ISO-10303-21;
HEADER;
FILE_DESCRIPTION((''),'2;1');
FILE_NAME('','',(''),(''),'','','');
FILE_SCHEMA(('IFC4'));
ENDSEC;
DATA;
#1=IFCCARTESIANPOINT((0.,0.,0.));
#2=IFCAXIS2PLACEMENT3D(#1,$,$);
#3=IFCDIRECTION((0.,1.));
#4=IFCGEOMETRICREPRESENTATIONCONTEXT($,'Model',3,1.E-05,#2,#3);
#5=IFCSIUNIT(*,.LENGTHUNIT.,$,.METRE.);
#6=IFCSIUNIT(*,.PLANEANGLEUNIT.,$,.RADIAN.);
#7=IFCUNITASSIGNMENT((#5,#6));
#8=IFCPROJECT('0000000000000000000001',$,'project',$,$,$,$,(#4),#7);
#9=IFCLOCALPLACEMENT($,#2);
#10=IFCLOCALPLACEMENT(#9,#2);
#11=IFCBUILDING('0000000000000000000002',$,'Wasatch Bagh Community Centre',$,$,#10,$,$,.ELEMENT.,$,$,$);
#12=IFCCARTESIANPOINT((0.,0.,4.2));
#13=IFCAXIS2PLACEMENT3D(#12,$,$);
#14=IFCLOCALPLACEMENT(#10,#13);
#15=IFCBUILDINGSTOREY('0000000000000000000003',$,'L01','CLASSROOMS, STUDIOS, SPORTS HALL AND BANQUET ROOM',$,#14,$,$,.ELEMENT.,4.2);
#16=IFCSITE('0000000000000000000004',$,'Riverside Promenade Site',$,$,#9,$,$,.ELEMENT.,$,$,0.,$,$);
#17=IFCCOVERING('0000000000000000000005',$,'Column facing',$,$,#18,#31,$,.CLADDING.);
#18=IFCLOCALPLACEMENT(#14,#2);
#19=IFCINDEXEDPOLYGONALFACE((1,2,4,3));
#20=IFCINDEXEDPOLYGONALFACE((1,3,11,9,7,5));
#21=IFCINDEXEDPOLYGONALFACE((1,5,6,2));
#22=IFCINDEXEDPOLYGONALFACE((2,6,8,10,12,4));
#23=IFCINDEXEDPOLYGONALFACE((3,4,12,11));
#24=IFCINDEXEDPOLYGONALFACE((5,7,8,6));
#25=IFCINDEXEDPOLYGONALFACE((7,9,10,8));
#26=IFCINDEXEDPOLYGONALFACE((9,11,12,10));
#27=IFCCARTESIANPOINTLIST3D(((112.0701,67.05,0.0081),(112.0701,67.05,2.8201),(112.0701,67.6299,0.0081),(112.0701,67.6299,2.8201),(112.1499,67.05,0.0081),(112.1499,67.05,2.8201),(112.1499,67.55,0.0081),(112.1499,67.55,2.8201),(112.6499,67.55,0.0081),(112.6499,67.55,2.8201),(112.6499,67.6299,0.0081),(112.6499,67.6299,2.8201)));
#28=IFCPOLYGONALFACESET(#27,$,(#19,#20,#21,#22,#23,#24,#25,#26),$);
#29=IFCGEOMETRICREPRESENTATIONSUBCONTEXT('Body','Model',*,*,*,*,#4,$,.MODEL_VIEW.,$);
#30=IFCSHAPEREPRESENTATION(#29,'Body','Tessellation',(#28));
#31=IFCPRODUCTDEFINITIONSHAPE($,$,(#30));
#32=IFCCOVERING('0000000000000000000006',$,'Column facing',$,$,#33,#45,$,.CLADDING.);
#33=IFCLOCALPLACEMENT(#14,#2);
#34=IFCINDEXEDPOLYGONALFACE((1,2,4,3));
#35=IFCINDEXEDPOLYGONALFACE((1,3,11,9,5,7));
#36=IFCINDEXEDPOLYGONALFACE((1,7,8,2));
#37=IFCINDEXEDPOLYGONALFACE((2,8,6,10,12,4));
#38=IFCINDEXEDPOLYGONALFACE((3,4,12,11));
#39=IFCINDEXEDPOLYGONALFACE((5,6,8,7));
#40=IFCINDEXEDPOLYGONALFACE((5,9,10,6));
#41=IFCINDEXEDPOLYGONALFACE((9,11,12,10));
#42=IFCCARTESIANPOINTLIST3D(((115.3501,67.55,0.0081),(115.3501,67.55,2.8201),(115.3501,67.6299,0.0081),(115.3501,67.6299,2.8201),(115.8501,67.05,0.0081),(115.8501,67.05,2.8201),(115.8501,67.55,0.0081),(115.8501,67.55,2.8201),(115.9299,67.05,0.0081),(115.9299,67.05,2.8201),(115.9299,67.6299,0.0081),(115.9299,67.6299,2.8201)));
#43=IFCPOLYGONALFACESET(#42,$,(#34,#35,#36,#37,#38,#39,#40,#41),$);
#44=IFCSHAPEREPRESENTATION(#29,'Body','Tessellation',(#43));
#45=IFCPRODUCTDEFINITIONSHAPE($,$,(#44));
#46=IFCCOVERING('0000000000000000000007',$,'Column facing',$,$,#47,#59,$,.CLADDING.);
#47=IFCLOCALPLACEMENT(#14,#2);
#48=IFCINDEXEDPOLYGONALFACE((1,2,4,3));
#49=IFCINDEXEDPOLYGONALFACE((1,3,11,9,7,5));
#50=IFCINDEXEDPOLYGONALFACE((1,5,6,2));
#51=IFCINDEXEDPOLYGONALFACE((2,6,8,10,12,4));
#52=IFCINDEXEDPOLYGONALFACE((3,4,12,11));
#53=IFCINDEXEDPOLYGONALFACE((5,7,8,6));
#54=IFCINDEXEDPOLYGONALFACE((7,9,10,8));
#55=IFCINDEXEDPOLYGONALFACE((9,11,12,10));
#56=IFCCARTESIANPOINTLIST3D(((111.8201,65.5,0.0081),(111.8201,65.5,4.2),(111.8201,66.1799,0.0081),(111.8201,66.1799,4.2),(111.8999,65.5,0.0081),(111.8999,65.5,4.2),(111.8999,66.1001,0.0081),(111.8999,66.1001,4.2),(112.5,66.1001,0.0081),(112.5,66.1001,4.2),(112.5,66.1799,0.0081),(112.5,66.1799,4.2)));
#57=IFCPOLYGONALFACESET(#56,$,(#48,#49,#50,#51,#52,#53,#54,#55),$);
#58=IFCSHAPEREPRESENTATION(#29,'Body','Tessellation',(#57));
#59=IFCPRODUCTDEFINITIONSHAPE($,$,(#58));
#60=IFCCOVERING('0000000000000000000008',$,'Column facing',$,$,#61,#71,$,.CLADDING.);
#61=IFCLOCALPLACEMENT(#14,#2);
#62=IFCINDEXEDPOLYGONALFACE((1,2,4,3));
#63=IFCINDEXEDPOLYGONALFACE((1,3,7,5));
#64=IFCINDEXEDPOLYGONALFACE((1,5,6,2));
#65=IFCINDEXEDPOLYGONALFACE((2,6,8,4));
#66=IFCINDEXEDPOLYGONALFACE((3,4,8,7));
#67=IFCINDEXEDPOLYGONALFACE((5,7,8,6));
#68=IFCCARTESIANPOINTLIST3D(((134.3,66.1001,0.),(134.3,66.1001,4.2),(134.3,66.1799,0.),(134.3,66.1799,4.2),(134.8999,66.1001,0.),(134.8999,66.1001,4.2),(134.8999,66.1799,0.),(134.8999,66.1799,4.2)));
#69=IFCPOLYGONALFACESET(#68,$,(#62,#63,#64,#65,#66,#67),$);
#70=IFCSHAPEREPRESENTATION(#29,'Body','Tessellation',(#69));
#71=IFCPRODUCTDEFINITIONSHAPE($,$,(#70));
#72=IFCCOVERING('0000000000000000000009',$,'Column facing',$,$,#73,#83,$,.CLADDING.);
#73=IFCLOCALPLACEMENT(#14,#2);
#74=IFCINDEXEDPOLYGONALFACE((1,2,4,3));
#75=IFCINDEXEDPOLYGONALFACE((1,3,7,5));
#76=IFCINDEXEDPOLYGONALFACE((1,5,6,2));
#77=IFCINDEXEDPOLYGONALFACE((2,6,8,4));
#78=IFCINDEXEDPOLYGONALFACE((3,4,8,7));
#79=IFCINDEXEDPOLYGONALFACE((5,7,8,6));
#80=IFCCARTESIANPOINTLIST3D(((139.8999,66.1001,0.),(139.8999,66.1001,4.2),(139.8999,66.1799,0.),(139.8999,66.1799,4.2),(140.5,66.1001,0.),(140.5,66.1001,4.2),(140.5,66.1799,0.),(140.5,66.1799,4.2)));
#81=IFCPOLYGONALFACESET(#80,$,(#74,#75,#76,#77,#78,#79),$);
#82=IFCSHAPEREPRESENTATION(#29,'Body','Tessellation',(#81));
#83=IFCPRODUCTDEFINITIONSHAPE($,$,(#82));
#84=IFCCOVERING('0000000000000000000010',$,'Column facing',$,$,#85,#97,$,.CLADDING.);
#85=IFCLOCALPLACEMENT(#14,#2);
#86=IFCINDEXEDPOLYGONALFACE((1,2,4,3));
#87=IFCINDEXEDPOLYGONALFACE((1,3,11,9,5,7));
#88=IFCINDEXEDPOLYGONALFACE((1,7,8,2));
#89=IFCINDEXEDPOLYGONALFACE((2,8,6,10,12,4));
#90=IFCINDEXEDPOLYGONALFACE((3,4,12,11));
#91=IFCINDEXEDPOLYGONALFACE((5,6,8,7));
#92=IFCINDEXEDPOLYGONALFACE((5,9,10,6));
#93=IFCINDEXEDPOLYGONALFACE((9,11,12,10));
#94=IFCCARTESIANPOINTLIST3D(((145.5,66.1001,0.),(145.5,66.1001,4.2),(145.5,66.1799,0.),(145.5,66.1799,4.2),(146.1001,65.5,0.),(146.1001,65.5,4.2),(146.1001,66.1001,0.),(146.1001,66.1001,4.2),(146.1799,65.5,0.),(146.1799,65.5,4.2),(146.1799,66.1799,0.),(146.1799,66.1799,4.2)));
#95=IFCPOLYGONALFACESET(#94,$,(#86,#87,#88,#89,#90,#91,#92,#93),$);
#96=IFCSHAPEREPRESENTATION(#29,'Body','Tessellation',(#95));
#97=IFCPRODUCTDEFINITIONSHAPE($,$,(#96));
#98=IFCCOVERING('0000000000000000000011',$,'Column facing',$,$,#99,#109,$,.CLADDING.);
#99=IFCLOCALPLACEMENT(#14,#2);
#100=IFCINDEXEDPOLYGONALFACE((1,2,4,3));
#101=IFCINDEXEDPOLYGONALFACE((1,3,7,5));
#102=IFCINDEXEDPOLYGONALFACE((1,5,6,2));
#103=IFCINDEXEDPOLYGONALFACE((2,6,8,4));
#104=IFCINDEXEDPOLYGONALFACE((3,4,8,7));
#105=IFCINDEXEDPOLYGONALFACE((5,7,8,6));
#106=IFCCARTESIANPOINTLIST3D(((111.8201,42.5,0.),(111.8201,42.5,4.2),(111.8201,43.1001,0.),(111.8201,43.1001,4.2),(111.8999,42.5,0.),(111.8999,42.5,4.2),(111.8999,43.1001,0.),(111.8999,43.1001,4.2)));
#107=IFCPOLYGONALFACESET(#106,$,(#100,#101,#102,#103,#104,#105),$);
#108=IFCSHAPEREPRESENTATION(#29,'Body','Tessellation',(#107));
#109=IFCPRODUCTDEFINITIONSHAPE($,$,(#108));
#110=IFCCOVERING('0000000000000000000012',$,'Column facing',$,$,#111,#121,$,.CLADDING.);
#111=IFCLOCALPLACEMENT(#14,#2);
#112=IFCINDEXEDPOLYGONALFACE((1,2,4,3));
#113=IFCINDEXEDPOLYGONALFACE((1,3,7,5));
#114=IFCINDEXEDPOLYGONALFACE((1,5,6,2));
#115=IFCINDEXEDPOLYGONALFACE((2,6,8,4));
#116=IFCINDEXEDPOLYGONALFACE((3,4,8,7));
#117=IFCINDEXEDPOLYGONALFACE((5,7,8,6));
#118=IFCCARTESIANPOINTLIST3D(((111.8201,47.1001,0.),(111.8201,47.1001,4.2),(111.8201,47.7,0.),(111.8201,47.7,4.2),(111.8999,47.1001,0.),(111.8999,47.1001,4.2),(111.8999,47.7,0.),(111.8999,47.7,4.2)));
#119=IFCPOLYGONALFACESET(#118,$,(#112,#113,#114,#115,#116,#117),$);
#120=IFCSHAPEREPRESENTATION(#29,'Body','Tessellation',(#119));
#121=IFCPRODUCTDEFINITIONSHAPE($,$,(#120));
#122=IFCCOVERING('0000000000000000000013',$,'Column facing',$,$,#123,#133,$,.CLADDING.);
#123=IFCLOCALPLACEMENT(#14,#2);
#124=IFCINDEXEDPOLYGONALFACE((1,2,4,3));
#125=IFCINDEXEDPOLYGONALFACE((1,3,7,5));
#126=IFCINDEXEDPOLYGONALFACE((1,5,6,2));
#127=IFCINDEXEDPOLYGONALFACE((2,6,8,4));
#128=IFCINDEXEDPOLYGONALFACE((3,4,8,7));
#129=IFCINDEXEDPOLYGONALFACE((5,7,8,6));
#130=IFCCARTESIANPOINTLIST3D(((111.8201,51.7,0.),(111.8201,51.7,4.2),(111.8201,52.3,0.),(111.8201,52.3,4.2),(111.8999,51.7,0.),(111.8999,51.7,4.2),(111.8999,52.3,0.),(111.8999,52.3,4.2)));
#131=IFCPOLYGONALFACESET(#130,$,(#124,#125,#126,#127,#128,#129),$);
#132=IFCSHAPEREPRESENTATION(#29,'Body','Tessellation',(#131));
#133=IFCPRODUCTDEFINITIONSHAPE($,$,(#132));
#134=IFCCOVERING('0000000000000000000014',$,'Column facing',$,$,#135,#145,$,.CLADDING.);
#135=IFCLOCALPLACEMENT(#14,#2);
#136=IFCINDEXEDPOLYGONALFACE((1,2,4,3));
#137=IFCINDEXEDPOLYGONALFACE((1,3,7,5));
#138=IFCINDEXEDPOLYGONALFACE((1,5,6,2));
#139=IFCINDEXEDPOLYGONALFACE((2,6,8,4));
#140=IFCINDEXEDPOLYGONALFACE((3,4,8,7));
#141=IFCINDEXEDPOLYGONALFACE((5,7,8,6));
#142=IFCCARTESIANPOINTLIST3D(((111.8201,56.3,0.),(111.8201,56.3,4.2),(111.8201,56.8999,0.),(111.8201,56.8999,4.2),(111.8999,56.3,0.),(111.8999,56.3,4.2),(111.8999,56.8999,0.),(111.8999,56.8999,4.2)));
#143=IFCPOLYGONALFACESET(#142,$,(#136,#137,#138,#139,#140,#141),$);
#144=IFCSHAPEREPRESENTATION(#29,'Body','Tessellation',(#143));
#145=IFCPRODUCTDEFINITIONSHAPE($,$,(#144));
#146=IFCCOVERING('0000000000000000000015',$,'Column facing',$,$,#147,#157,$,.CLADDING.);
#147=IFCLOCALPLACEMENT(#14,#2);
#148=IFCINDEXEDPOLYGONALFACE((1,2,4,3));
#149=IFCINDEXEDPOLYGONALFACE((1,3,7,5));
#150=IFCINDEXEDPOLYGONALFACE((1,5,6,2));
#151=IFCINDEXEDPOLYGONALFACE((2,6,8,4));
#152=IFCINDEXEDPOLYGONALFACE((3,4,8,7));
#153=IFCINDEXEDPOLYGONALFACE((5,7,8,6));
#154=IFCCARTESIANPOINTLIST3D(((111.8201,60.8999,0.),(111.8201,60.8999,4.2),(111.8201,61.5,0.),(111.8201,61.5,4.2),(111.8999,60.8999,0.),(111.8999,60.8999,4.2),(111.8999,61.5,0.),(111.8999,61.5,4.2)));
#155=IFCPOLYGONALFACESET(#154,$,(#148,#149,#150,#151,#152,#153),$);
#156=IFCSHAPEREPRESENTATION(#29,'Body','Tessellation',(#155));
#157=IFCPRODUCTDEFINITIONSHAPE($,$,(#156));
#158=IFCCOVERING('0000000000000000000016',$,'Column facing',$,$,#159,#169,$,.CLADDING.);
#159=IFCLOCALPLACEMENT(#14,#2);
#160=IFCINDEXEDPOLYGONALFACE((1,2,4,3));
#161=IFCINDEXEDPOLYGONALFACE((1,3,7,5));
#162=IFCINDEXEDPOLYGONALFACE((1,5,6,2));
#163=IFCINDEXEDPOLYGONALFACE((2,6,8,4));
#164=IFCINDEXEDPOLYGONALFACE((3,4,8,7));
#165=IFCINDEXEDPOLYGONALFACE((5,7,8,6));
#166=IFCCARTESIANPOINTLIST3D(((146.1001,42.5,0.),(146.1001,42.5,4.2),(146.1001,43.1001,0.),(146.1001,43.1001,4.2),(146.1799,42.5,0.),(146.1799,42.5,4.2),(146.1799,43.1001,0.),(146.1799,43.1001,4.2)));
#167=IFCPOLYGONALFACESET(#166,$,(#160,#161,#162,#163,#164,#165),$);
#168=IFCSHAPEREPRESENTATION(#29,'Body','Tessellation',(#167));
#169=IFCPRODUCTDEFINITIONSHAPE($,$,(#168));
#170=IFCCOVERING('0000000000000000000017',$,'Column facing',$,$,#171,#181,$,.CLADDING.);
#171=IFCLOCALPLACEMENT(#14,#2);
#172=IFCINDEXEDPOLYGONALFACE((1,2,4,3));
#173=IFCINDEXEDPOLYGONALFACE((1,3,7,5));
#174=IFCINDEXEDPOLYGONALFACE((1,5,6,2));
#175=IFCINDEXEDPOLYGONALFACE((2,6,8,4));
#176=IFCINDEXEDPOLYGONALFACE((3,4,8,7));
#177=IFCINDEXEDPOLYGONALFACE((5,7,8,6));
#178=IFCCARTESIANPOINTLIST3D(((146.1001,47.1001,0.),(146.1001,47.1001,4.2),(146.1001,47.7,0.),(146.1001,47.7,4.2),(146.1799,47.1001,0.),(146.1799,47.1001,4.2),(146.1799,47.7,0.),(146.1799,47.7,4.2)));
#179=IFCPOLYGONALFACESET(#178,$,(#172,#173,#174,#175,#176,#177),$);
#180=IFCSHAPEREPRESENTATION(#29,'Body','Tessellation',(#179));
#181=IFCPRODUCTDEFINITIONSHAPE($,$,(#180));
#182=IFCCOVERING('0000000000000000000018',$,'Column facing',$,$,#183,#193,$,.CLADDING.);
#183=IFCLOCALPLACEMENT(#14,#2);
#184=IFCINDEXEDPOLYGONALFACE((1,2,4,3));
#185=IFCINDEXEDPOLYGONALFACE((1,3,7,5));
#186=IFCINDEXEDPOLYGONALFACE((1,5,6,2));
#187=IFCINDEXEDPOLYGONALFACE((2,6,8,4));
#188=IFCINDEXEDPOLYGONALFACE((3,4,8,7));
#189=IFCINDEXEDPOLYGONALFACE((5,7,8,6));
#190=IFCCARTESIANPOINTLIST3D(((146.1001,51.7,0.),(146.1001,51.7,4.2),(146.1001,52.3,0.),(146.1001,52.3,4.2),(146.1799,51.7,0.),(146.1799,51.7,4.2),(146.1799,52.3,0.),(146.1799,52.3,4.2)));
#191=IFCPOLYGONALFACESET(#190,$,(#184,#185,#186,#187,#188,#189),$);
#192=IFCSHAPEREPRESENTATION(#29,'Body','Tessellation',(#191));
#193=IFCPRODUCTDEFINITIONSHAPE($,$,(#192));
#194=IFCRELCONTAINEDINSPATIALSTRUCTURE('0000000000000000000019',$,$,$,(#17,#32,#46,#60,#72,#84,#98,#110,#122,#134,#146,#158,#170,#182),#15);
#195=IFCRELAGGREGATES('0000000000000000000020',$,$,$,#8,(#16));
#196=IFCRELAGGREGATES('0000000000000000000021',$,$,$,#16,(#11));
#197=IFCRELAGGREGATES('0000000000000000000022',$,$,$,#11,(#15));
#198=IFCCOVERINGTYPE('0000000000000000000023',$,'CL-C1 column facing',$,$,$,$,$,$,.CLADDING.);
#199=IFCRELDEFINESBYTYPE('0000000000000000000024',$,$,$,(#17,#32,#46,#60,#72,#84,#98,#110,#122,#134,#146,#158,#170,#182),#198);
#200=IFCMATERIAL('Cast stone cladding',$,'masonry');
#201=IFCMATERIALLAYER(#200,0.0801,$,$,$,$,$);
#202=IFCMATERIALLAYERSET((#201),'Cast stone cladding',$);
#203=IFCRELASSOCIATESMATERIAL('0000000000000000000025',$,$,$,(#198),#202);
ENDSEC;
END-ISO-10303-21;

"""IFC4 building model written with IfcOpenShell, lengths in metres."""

from ifc_helpers import new_model, si_unit, direction, frame, origin, place, context, subcontext, project, spatial, polyline, outline, extrude, material, layer, layer_set, type_object, element, save


model = new_model("IFC4")

# Units and contexts
model_context = context("Model", 3, precision=1e-05, world=origin(), true_north=direction((0.0, 1.0)))
body_context = subcontext(model_context, "Body", "Model", "MODEL_VIEW")
ifc_project = project(units=[si_unit("LENGTHUNIT", "METRE"), si_unit("PLANEANGLEUNIT", "RADIAN")], contexts=[model_context])

# Site, building, storey
site_placement = place(None, origin())
site = spatial("IfcSite", under=ifc_project, at=site_placement, Name="Riverside Promenade Site", CompositionType="ELEMENT", RefElevation=0.0)
building_placement = place(site_placement, origin())
building = spatial("IfcBuilding", under=site, at=building_placement, Name="Wasatch Bagh Community Centre", CompositionType="ELEMENT")
storey_placement = place(building_placement, frame((0.0, 0.0, 4.2)))
storey = spatial("IfcBuildingStorey", under=building, at=storey_placement, Name="L01", Description="CLASSROOMS, STUDIOS, SPORTS HALL AND BANQUET ROOM", CompositionType="ELEMENT", Elevation=4.2)

# Coverings
ifc_material_1 = material(Name="Cast stone cladding", Category="masonry")
ifc_layer_1 = layer(ifc_material_1, 0.0801)
ifc_layer_set_1 = layer_set([ifc_layer_1], Name="Cast stone cladding")
covering_type = type_object("IfcCoveringType", Name="CL-C1 column facing", PredefinedType="CLADDING", material=ifc_layer_set_1)
covering_1_placement = place(storey_placement, frame((0.0, 0.0, 0.0081)))
element("IfcCovering", 1, at=covering_1_placement, inside=storey, type_object=covering_type, Name="Column facing", PredefinedType="CLADDING", context=body_context, shape_type="SweptSolid", body=[
    extrude(outline(polyline([(112.1499, 67.05), (112.0701, 67.05), (112.0701, 67.6299), (112.6499, 67.6299), (112.6499, 67.55), (112.1499, 67.55), (112.1499, 67.05)])), origin(), (0.0, 0.0, 1.0), 2.812),
])
covering_2_placement = place(storey_placement, frame((0.0, 0.0, 0.0081)))
element("IfcCovering", 2, at=covering_2_placement, inside=storey, type_object=covering_type, Name="Column facing", PredefinedType="CLADDING", context=body_context, shape_type="SweptSolid", body=[
    extrude(outline(polyline([(115.8501, 67.55), (115.3501, 67.55), (115.3501, 67.6299), (115.9299, 67.6299), (115.9299, 67.05), (115.8501, 67.05), (115.8501, 67.55)])), origin(), (0.0, 0.0, 1.0), 2.812),
])
covering_3_placement = place(storey_placement, frame((0.0, 0.0, 0.0081)))
element("IfcCovering", 3, at=covering_3_placement, inside=storey, type_object=covering_type, Name="Column facing", PredefinedType="CLADDING", context=body_context, shape_type="SweptSolid", body=[
    extrude(outline(polyline([(111.8999, 65.5), (111.8201, 65.5), (111.8201, 66.1799), (112.5, 66.1799), (112.5, 66.1001), (111.8999, 66.1001), (111.8999, 65.5)])), origin(), (0.0, 0.0, 1.0), 4.1919),
])
covering_4_placement = place(storey_placement, origin())
element("IfcCovering", 4, at=covering_4_placement, inside=storey, type_object=covering_type, Name="Column facing", PredefinedType="CLADDING", context=body_context, shape_type="SweptSolid", body=[
    extrude(outline(polyline([(134.8999, 66.1001), (134.3, 66.1001), (134.3, 66.1799), (134.8999, 66.1799), (134.8999, 66.1001)])), origin(), (0.0, 0.0, 1.0), 4.2),
])
covering_5_placement = place(storey_placement, origin())
element("IfcCovering", 5, at=covering_5_placement, inside=storey, type_object=covering_type, Name="Column facing", PredefinedType="CLADDING", context=body_context, shape_type="SweptSolid", body=[
    extrude(outline(polyline([(140.5, 66.1001), (139.8999, 66.1001), (139.8999, 66.1799), (140.5, 66.1799), (140.5, 66.1001)])), origin(), (0.0, 0.0, 1.0), 4.2),
])
covering_6_placement = place(storey_placement, origin())
element("IfcCovering", 6, at=covering_6_placement, inside=storey, type_object=covering_type, Name="Column facing", PredefinedType="CLADDING", context=body_context, shape_type="SweptSolid", body=[
    extrude(outline(polyline([(146.1001, 66.1001), (145.5, 66.1001), (145.5, 66.1799), (146.1799, 66.1799), (146.1799, 65.5), (146.1001, 65.5), (146.1001, 66.1001)])), origin(), (0.0, 0.0, 1.0), 4.2),
])
covering_7_placement = place(storey_placement, origin())
element("IfcCovering", 7, at=covering_7_placement, inside=storey, type_object=covering_type, Name="Column facing", PredefinedType="CLADDING", context=body_context, shape_type="SweptSolid", body=[
    extrude(outline(polyline([(111.8999, 43.1001), (111.8999, 42.5), (111.8201, 42.5), (111.8201, 43.1001), (111.8999, 43.1001)])), origin(), (0.0, 0.0, 1.0), 4.2),
])
covering_8_placement = place(storey_placement, origin())
element("IfcCovering", 8, at=covering_8_placement, inside=storey, type_object=covering_type, Name="Column facing", PredefinedType="CLADDING", context=body_context, shape_type="SweptSolid", body=[
    extrude(outline(polyline([(111.8999, 47.7), (111.8999, 47.1001), (111.8201, 47.1001), (111.8201, 47.7), (111.8999, 47.7)])), origin(), (0.0, 0.0, 1.0), 4.2),
])
covering_9_placement = place(storey_placement, origin())
element("IfcCovering", 9, at=covering_9_placement, inside=storey, type_object=covering_type, Name="Column facing", PredefinedType="CLADDING", context=body_context, shape_type="SweptSolid", body=[
    extrude(outline(polyline([(111.8999, 52.3), (111.8999, 51.7), (111.8201, 51.7), (111.8201, 52.3), (111.8999, 52.3)])), origin(), (0.0, 0.0, 1.0), 4.2),
])
covering_10_placement = place(storey_placement, origin())
element("IfcCovering", 10, at=covering_10_placement, inside=storey, type_object=covering_type, Name="Column facing", PredefinedType="CLADDING", context=body_context, shape_type="SweptSolid", body=[
    extrude(outline(polyline([(111.8999, 56.8999), (111.8999, 56.3), (111.8201, 56.3), (111.8201, 56.8999), (111.8999, 56.8999)])), origin(), (0.0, 0.0, 1.0), 4.2),
])
covering_11_placement = place(storey_placement, origin())
element("IfcCovering", 11, at=covering_11_placement, inside=storey, type_object=covering_type, Name="Column facing", PredefinedType="CLADDING", context=body_context, shape_type="SweptSolid", body=[
    extrude(outline(polyline([(111.8999, 61.5), (111.8999, 60.8999), (111.8201, 60.8999), (111.8201, 61.5), (111.8999, 61.5)])), origin(), (0.0, 0.0, 1.0), 4.2),
])
covering_12_placement = place(storey_placement, origin())
element("IfcCovering", 12, at=covering_12_placement, inside=storey, type_object=covering_type, Name="Column facing", PredefinedType="CLADDING", context=body_context, shape_type="SweptSolid", body=[
    extrude(outline(polyline([(146.1001, 42.5), (146.1001, 43.1001), (146.1799, 43.1001), (146.1799, 42.5), (146.1001, 42.5)])), origin(), (0.0, 0.0, 1.0), 4.2),
])
covering_13_placement = place(storey_placement, origin())
element("IfcCovering", 13, at=covering_13_placement, inside=storey, type_object=covering_type, Name="Column facing", PredefinedType="CLADDING", context=body_context, shape_type="SweptSolid", body=[
    extrude(outline(polyline([(146.1001, 47.1001), (146.1001, 47.7), (146.1799, 47.7), (146.1799, 47.1001), (146.1001, 47.1001)])), origin(), (0.0, 0.0, 1.0), 4.2),
])
covering_14_placement = place(storey_placement, origin())
element("IfcCovering", 14, at=covering_14_placement, inside=storey, type_object=covering_type, Name="Column facing", PredefinedType="CLADDING", context=body_context, shape_type="SweptSolid", body=[
    extrude(outline(polyline([(146.1001, 51.7), (146.1001, 52.3), (146.1799, 52.3), (146.1799, 51.7), (146.1001, 51.7)])), origin(), (0.0, 0.0, 1.0), 4.2),
])

save(model, "model.ifc")
